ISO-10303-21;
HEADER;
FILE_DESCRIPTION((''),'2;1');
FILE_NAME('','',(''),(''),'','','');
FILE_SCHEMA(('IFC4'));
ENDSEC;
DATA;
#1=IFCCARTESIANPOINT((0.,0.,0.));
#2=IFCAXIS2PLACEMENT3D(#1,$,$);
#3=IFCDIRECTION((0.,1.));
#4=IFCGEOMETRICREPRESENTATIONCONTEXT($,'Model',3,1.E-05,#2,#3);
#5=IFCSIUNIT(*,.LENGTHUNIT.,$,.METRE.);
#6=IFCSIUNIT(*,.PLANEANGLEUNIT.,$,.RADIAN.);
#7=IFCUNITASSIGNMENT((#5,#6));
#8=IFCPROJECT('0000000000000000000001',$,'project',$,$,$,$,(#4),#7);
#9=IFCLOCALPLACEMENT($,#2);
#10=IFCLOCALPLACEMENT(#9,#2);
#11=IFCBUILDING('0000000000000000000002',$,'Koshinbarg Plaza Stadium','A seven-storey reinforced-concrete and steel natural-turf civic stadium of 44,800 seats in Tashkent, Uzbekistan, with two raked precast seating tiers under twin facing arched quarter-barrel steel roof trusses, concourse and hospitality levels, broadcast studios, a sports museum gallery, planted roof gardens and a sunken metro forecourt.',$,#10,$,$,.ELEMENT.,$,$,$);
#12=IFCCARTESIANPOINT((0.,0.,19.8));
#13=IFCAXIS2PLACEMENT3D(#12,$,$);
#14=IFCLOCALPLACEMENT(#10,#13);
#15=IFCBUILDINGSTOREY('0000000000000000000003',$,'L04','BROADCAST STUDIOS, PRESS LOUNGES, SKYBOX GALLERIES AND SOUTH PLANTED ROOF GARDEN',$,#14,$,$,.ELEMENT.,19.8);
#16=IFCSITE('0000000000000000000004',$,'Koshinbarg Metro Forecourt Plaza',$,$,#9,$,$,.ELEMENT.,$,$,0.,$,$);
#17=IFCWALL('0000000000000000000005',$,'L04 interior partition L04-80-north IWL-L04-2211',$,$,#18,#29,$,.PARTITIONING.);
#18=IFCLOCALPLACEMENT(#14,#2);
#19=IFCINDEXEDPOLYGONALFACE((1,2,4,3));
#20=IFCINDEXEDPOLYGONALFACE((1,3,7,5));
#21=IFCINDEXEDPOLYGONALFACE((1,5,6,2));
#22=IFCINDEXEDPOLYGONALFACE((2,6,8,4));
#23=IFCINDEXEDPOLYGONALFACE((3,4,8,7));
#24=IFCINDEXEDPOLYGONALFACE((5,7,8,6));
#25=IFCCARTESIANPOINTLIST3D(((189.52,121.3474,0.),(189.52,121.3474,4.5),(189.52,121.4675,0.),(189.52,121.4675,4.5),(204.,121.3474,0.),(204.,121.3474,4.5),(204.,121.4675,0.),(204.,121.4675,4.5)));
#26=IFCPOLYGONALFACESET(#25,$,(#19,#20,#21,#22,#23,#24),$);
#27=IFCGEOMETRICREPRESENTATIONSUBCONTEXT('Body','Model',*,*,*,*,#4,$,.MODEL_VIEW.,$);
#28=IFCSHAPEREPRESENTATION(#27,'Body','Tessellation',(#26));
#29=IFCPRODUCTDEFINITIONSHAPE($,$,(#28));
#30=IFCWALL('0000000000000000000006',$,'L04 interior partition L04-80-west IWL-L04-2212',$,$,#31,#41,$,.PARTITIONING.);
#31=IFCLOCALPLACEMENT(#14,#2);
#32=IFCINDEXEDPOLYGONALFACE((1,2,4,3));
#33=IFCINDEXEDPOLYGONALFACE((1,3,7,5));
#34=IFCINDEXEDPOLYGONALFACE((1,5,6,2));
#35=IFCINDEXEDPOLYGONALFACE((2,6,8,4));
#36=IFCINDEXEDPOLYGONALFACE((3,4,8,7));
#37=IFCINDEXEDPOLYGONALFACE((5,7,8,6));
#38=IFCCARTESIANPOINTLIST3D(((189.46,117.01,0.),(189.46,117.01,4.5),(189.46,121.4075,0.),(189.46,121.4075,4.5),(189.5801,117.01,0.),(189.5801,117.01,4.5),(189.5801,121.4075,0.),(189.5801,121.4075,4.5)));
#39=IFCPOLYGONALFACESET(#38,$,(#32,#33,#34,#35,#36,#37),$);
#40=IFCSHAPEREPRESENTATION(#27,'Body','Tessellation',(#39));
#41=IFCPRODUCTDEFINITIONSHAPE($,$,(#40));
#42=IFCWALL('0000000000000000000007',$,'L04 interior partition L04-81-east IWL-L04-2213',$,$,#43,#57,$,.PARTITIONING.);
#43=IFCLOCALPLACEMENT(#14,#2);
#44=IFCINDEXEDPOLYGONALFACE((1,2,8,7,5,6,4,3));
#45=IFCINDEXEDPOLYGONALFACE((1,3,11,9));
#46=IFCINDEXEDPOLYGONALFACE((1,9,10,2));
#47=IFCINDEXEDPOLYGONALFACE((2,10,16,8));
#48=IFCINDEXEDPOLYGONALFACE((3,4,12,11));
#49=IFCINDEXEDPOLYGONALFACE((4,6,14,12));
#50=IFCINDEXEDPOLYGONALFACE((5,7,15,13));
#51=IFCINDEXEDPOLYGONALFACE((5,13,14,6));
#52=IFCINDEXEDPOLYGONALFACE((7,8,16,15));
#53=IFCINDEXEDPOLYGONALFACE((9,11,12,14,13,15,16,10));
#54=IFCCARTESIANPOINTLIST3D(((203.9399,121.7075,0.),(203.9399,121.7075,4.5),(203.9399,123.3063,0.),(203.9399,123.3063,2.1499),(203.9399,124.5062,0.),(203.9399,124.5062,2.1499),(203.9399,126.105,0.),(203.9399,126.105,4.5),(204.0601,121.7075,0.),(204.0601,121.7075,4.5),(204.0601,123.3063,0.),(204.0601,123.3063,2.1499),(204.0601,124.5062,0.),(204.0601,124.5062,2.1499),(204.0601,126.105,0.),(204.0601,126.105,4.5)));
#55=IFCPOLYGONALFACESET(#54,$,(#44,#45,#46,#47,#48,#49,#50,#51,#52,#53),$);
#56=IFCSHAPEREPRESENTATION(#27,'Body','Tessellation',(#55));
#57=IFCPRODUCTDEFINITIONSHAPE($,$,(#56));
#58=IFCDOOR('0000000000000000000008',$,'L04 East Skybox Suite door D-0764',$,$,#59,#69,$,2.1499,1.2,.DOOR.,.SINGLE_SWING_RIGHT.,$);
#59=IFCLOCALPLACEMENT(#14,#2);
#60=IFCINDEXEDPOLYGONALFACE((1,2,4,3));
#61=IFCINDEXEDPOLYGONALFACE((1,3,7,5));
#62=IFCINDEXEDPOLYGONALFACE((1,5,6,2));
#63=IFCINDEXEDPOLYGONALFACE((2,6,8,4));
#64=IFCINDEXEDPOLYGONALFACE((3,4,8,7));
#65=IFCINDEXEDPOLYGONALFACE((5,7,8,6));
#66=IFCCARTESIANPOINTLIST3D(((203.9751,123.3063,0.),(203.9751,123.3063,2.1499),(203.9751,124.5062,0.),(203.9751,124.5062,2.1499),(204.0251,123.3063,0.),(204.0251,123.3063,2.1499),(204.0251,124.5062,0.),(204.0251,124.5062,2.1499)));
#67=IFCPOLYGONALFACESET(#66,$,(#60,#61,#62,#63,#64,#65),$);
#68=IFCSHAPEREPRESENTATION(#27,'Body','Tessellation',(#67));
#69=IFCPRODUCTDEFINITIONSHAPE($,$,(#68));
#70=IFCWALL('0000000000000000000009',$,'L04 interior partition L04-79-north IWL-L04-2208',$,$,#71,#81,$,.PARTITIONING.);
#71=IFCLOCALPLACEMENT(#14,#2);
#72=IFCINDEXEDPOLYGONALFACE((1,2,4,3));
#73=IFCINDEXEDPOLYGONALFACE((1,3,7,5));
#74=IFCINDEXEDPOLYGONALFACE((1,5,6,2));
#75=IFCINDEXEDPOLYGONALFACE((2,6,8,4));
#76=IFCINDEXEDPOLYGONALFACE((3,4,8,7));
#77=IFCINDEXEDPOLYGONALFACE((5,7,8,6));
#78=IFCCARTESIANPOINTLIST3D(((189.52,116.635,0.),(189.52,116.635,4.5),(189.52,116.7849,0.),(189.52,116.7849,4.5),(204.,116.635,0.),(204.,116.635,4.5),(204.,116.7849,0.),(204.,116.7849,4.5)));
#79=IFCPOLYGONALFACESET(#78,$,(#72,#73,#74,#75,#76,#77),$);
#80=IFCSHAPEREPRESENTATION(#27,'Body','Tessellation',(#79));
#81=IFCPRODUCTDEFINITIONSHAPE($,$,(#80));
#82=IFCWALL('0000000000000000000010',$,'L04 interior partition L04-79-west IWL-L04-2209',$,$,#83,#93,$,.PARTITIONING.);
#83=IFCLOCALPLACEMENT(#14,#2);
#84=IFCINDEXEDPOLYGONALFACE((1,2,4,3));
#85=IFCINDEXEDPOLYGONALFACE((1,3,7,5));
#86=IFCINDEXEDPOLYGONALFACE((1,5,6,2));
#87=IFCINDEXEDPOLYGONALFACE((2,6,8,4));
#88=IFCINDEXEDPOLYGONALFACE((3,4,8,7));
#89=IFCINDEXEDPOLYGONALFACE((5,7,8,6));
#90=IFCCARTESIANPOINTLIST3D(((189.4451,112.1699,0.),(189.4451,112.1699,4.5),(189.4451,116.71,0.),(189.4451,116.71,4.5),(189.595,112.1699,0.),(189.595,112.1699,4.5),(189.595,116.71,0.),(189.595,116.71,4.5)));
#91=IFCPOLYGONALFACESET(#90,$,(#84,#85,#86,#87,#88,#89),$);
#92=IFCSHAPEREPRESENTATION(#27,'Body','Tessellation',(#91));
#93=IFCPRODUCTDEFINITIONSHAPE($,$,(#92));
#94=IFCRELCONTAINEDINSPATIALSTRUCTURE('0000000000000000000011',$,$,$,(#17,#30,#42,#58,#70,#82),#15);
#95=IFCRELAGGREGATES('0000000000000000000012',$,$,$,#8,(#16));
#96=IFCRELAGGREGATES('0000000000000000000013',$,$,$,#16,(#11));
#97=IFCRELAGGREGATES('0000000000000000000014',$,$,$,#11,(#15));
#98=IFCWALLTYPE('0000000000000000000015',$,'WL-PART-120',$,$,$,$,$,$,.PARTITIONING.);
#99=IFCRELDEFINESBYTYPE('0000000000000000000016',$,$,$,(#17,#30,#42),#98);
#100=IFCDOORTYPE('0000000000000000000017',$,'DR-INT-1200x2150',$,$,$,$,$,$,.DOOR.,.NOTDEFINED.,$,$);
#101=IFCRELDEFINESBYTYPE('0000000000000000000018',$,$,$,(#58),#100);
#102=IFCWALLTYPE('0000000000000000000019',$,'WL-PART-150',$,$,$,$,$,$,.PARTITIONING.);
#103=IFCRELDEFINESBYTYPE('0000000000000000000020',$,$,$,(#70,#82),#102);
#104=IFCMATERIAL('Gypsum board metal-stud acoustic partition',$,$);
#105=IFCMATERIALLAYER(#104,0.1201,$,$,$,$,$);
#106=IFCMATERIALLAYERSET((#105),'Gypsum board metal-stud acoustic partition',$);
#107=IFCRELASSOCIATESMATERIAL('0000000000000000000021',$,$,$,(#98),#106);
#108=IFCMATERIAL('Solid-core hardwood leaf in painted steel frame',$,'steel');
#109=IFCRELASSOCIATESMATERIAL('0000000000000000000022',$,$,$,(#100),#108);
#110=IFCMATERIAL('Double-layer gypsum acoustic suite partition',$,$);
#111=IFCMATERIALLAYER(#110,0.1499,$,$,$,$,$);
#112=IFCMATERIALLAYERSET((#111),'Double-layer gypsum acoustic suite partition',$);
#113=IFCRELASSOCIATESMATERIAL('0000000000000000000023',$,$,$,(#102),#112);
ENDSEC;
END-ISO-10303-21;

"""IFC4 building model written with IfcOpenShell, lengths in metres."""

from ifc_helpers import new_model, si_unit, direction, frame, frame_2d, origin, place, context, subcontext, project, spatial, rectangle, extrude, material, layer, layer_set, type_object, element, fill, save


model = new_model("IFC4")

# Units and contexts
model_context = context("Model", 3, precision=1e-05, world=origin(), true_north=direction((0.0, 1.0)))
body_context = subcontext(model_context, "Body", "Model", "MODEL_VIEW")
ifc_project = project(units=[si_unit("LENGTHUNIT", "METRE"), si_unit("PLANEANGLEUNIT", "RADIAN")], contexts=[model_context])

# Site, building, storey
site_placement = place(None, origin())
site = spatial("IfcSite", under=ifc_project, at=site_placement, Name="Koshinbarg Metro Forecourt Plaza", CompositionType="ELEMENT", RefElevation=0.0)
building_placement = place(site_placement, origin())
building = spatial("IfcBuilding", under=site, at=building_placement, Name="Koshinbarg Plaza Stadium", Description="A seven-storey reinforced-concrete and steel natural-turf civic stadium of 44,800 seats in Tashkent, Uzbekistan, with two raked precast seating tiers under twin facing arched quarter-barrel steel roof trusses, concourse and hospitality levels, broadcast studios, a sports museum gallery, planted roof gardens and a sunken metro forecourt.", CompositionType="ELEMENT")
storey_placement = place(building_placement, frame((0.0, 0.0, 19.8)))
storey = spatial("IfcBuildingStorey", under=building, at=storey_placement, Name="L04", Description="BROADCAST STUDIOS, PRESS LOUNGES, SKYBOX GALLERIES AND SOUTH PLANTED ROOF GARDEN", CompositionType="ELEMENT", Elevation=19.8)

# Shared definitions
ifc_material_1 = material(Name="Gypsum board metal-stud acoustic partition")
ifc_layer_1 = layer(ifc_material_1, 0.1201)
ifc_layer_set_1 = layer_set([ifc_layer_1], Name="Gypsum board metal-stud acoustic partition")
wall_type_1 = type_object("IfcWallType", Name="WL-PART-120", PredefinedType="PARTITIONING", material=ifc_layer_set_1)

# Walls
wall_1_placement = place(storey_placement, frame((204.0, 121.4075, 0.0), z_axis=(0.0, 0.0, 1.0), x_axis=(-1.0, 0.0, 0.0)))
element("IfcWall", 1, at=wall_1_placement, inside=storey, type_object=wall_type_1, Name="L04 interior partition L04-80-north IWL-L04-2211", PredefinedType="PARTITIONING", context=body_context, shape_type="SweptSolid", body=[
    extrude(rectangle(XDim=14.48, YDim=0.1201, at=frame_2d((7.24, 0.0))), origin(), (0.0, 0.0, 1.0), 4.5),
])
wall_2_placement = place(storey_placement, frame((189.52, 121.4075, 0.0), z_axis=(0.0, 0.0, 1.0), x_axis=(0.0, -1.0, 0.0)))
element("IfcWall", 2, at=wall_2_placement, inside=storey, type_object=wall_type_1, Name="L04 interior partition L04-80-west IWL-L04-2212", PredefinedType="PARTITIONING", context=body_context, shape_type="SweptSolid", body=[
    extrude(rectangle(XDim=4.3975, YDim=0.1201, at=frame_2d((2.1987, 0.0))), origin(), (0.0, 0.0, 1.0), 4.5),
])

# Wall, opening, door
wall_3_placement = place(storey_placement, frame((204.0, 121.7075, 0.0), z_axis=(0.0, 0.0, 1.0), x_axis=(0.0, 1.0, 0.0)))
wall_3 = element("IfcWall", 3, at=wall_3_placement, inside=storey, type_object=wall_type_1, Name="L04 interior partition L04-81-east IWL-L04-2213", PredefinedType="PARTITIONING", context=body_context, shape_type="SweptSolid", body=[
    extrude(rectangle(XDim=4.3975, YDim=0.1201, at=frame_2d((2.1987, 0.0))), origin(), (0.0, 0.0, 1.0), 4.5),
])
opening_1_placement = place(wall_3_placement, frame((1.5986, 0.0, 0.0)))
opening_1 = element("IfcOpeningElement", 4, at=opening_1_placement, cuts=wall_3, PredefinedType="OPENING", context=body_context, shape_type="SweptSolid", body=[
    extrude(rectangle(XDim=1.2, YDim=2.1499, at=frame_2d((0.6001, 1.075))), frame((0.0, 0.0701, 0.0), z_axis=(0.0, -1.0, 0.0), x_axis=(1.0, 0.0, 0.0)), (0.0, 0.0, 1.0), 0.1401),
])
ifc_material_2 = material(Name="Solid-core hardwood leaf in painted steel frame", Category="steel")
door_type_1 = type_object("IfcDoorType", Name="DR-INT-1200x2150", OperationType="NOTDEFINED", PredefinedType="DOOR", material=ifc_material_2)
door_1_placement = place(opening_1_placement, origin())
door_1 = element("IfcDoor", 5, at=door_1_placement, inside=storey, type_object=door_type_1, Name="L04 East Skybox Suite door D-0764", OperationType="SINGLE_SWING_RIGHT", OverallHeight=2.1499, OverallWidth=1.2, PredefinedType="DOOR", context=body_context, shape_type="SweptSolid", body=[
    extrude(rectangle(XDim=1.2, YDim=2.1499, at=frame_2d((0.6001, 1.075))), frame((0.0, 0.0249, 0.0), z_axis=(0.0, -1.0, 0.0), x_axis=(1.0, 0.0, 0.0)), (0.0, 0.0, 1.0), 0.05),
])
fill(opening_1, door_1)

# Walls
ifc_material_3 = material(Name="Double-layer gypsum acoustic suite partition")
ifc_layer_2 = layer(ifc_material_3, 0.1499)
ifc_layer_set_2 = layer_set([ifc_layer_2], Name="Double-layer gypsum acoustic suite partition")
wall_type_2 = type_object("IfcWallType", Name="WL-PART-150", PredefinedType="PARTITIONING", material=ifc_layer_set_2)
wall_4_placement = place(storey_placement, frame((204.0, 116.71, 0.0), z_axis=(0.0, 0.0, 1.0), x_axis=(-1.0, 0.0, 0.0)))
element("IfcWall", 6, at=wall_4_placement, inside=storey, type_object=wall_type_2, Name="L04 interior partition L04-79-north IWL-L04-2208", PredefinedType="PARTITIONING", context=body_context, shape_type="SweptSolid", body=[
    extrude(rectangle(XDim=14.48, YDim=0.1499, at=frame_2d((7.24, 0.0))), origin(), (0.0, 0.0, 1.0), 4.5),
])
wall_5_placement = place(storey_placement, frame((189.52, 116.71, 0.0), z_axis=(0.0, 0.0, 1.0), x_axis=(0.0, -1.0, 0.0)))
element("IfcWall", 7, at=wall_5_placement, inside=storey, type_object=wall_type_2, Name="L04 interior partition L04-79-west IWL-L04-2209", PredefinedType="PARTITIONING", context=body_context, shape_type="SweptSolid", body=[
    extrude(rectangle(XDim=4.54, YDim=0.1499, at=frame_2d((2.27, 0.0))), origin(), (0.0, 0.0, 1.0), 4.5),
])

save(model, "model.ifc")
